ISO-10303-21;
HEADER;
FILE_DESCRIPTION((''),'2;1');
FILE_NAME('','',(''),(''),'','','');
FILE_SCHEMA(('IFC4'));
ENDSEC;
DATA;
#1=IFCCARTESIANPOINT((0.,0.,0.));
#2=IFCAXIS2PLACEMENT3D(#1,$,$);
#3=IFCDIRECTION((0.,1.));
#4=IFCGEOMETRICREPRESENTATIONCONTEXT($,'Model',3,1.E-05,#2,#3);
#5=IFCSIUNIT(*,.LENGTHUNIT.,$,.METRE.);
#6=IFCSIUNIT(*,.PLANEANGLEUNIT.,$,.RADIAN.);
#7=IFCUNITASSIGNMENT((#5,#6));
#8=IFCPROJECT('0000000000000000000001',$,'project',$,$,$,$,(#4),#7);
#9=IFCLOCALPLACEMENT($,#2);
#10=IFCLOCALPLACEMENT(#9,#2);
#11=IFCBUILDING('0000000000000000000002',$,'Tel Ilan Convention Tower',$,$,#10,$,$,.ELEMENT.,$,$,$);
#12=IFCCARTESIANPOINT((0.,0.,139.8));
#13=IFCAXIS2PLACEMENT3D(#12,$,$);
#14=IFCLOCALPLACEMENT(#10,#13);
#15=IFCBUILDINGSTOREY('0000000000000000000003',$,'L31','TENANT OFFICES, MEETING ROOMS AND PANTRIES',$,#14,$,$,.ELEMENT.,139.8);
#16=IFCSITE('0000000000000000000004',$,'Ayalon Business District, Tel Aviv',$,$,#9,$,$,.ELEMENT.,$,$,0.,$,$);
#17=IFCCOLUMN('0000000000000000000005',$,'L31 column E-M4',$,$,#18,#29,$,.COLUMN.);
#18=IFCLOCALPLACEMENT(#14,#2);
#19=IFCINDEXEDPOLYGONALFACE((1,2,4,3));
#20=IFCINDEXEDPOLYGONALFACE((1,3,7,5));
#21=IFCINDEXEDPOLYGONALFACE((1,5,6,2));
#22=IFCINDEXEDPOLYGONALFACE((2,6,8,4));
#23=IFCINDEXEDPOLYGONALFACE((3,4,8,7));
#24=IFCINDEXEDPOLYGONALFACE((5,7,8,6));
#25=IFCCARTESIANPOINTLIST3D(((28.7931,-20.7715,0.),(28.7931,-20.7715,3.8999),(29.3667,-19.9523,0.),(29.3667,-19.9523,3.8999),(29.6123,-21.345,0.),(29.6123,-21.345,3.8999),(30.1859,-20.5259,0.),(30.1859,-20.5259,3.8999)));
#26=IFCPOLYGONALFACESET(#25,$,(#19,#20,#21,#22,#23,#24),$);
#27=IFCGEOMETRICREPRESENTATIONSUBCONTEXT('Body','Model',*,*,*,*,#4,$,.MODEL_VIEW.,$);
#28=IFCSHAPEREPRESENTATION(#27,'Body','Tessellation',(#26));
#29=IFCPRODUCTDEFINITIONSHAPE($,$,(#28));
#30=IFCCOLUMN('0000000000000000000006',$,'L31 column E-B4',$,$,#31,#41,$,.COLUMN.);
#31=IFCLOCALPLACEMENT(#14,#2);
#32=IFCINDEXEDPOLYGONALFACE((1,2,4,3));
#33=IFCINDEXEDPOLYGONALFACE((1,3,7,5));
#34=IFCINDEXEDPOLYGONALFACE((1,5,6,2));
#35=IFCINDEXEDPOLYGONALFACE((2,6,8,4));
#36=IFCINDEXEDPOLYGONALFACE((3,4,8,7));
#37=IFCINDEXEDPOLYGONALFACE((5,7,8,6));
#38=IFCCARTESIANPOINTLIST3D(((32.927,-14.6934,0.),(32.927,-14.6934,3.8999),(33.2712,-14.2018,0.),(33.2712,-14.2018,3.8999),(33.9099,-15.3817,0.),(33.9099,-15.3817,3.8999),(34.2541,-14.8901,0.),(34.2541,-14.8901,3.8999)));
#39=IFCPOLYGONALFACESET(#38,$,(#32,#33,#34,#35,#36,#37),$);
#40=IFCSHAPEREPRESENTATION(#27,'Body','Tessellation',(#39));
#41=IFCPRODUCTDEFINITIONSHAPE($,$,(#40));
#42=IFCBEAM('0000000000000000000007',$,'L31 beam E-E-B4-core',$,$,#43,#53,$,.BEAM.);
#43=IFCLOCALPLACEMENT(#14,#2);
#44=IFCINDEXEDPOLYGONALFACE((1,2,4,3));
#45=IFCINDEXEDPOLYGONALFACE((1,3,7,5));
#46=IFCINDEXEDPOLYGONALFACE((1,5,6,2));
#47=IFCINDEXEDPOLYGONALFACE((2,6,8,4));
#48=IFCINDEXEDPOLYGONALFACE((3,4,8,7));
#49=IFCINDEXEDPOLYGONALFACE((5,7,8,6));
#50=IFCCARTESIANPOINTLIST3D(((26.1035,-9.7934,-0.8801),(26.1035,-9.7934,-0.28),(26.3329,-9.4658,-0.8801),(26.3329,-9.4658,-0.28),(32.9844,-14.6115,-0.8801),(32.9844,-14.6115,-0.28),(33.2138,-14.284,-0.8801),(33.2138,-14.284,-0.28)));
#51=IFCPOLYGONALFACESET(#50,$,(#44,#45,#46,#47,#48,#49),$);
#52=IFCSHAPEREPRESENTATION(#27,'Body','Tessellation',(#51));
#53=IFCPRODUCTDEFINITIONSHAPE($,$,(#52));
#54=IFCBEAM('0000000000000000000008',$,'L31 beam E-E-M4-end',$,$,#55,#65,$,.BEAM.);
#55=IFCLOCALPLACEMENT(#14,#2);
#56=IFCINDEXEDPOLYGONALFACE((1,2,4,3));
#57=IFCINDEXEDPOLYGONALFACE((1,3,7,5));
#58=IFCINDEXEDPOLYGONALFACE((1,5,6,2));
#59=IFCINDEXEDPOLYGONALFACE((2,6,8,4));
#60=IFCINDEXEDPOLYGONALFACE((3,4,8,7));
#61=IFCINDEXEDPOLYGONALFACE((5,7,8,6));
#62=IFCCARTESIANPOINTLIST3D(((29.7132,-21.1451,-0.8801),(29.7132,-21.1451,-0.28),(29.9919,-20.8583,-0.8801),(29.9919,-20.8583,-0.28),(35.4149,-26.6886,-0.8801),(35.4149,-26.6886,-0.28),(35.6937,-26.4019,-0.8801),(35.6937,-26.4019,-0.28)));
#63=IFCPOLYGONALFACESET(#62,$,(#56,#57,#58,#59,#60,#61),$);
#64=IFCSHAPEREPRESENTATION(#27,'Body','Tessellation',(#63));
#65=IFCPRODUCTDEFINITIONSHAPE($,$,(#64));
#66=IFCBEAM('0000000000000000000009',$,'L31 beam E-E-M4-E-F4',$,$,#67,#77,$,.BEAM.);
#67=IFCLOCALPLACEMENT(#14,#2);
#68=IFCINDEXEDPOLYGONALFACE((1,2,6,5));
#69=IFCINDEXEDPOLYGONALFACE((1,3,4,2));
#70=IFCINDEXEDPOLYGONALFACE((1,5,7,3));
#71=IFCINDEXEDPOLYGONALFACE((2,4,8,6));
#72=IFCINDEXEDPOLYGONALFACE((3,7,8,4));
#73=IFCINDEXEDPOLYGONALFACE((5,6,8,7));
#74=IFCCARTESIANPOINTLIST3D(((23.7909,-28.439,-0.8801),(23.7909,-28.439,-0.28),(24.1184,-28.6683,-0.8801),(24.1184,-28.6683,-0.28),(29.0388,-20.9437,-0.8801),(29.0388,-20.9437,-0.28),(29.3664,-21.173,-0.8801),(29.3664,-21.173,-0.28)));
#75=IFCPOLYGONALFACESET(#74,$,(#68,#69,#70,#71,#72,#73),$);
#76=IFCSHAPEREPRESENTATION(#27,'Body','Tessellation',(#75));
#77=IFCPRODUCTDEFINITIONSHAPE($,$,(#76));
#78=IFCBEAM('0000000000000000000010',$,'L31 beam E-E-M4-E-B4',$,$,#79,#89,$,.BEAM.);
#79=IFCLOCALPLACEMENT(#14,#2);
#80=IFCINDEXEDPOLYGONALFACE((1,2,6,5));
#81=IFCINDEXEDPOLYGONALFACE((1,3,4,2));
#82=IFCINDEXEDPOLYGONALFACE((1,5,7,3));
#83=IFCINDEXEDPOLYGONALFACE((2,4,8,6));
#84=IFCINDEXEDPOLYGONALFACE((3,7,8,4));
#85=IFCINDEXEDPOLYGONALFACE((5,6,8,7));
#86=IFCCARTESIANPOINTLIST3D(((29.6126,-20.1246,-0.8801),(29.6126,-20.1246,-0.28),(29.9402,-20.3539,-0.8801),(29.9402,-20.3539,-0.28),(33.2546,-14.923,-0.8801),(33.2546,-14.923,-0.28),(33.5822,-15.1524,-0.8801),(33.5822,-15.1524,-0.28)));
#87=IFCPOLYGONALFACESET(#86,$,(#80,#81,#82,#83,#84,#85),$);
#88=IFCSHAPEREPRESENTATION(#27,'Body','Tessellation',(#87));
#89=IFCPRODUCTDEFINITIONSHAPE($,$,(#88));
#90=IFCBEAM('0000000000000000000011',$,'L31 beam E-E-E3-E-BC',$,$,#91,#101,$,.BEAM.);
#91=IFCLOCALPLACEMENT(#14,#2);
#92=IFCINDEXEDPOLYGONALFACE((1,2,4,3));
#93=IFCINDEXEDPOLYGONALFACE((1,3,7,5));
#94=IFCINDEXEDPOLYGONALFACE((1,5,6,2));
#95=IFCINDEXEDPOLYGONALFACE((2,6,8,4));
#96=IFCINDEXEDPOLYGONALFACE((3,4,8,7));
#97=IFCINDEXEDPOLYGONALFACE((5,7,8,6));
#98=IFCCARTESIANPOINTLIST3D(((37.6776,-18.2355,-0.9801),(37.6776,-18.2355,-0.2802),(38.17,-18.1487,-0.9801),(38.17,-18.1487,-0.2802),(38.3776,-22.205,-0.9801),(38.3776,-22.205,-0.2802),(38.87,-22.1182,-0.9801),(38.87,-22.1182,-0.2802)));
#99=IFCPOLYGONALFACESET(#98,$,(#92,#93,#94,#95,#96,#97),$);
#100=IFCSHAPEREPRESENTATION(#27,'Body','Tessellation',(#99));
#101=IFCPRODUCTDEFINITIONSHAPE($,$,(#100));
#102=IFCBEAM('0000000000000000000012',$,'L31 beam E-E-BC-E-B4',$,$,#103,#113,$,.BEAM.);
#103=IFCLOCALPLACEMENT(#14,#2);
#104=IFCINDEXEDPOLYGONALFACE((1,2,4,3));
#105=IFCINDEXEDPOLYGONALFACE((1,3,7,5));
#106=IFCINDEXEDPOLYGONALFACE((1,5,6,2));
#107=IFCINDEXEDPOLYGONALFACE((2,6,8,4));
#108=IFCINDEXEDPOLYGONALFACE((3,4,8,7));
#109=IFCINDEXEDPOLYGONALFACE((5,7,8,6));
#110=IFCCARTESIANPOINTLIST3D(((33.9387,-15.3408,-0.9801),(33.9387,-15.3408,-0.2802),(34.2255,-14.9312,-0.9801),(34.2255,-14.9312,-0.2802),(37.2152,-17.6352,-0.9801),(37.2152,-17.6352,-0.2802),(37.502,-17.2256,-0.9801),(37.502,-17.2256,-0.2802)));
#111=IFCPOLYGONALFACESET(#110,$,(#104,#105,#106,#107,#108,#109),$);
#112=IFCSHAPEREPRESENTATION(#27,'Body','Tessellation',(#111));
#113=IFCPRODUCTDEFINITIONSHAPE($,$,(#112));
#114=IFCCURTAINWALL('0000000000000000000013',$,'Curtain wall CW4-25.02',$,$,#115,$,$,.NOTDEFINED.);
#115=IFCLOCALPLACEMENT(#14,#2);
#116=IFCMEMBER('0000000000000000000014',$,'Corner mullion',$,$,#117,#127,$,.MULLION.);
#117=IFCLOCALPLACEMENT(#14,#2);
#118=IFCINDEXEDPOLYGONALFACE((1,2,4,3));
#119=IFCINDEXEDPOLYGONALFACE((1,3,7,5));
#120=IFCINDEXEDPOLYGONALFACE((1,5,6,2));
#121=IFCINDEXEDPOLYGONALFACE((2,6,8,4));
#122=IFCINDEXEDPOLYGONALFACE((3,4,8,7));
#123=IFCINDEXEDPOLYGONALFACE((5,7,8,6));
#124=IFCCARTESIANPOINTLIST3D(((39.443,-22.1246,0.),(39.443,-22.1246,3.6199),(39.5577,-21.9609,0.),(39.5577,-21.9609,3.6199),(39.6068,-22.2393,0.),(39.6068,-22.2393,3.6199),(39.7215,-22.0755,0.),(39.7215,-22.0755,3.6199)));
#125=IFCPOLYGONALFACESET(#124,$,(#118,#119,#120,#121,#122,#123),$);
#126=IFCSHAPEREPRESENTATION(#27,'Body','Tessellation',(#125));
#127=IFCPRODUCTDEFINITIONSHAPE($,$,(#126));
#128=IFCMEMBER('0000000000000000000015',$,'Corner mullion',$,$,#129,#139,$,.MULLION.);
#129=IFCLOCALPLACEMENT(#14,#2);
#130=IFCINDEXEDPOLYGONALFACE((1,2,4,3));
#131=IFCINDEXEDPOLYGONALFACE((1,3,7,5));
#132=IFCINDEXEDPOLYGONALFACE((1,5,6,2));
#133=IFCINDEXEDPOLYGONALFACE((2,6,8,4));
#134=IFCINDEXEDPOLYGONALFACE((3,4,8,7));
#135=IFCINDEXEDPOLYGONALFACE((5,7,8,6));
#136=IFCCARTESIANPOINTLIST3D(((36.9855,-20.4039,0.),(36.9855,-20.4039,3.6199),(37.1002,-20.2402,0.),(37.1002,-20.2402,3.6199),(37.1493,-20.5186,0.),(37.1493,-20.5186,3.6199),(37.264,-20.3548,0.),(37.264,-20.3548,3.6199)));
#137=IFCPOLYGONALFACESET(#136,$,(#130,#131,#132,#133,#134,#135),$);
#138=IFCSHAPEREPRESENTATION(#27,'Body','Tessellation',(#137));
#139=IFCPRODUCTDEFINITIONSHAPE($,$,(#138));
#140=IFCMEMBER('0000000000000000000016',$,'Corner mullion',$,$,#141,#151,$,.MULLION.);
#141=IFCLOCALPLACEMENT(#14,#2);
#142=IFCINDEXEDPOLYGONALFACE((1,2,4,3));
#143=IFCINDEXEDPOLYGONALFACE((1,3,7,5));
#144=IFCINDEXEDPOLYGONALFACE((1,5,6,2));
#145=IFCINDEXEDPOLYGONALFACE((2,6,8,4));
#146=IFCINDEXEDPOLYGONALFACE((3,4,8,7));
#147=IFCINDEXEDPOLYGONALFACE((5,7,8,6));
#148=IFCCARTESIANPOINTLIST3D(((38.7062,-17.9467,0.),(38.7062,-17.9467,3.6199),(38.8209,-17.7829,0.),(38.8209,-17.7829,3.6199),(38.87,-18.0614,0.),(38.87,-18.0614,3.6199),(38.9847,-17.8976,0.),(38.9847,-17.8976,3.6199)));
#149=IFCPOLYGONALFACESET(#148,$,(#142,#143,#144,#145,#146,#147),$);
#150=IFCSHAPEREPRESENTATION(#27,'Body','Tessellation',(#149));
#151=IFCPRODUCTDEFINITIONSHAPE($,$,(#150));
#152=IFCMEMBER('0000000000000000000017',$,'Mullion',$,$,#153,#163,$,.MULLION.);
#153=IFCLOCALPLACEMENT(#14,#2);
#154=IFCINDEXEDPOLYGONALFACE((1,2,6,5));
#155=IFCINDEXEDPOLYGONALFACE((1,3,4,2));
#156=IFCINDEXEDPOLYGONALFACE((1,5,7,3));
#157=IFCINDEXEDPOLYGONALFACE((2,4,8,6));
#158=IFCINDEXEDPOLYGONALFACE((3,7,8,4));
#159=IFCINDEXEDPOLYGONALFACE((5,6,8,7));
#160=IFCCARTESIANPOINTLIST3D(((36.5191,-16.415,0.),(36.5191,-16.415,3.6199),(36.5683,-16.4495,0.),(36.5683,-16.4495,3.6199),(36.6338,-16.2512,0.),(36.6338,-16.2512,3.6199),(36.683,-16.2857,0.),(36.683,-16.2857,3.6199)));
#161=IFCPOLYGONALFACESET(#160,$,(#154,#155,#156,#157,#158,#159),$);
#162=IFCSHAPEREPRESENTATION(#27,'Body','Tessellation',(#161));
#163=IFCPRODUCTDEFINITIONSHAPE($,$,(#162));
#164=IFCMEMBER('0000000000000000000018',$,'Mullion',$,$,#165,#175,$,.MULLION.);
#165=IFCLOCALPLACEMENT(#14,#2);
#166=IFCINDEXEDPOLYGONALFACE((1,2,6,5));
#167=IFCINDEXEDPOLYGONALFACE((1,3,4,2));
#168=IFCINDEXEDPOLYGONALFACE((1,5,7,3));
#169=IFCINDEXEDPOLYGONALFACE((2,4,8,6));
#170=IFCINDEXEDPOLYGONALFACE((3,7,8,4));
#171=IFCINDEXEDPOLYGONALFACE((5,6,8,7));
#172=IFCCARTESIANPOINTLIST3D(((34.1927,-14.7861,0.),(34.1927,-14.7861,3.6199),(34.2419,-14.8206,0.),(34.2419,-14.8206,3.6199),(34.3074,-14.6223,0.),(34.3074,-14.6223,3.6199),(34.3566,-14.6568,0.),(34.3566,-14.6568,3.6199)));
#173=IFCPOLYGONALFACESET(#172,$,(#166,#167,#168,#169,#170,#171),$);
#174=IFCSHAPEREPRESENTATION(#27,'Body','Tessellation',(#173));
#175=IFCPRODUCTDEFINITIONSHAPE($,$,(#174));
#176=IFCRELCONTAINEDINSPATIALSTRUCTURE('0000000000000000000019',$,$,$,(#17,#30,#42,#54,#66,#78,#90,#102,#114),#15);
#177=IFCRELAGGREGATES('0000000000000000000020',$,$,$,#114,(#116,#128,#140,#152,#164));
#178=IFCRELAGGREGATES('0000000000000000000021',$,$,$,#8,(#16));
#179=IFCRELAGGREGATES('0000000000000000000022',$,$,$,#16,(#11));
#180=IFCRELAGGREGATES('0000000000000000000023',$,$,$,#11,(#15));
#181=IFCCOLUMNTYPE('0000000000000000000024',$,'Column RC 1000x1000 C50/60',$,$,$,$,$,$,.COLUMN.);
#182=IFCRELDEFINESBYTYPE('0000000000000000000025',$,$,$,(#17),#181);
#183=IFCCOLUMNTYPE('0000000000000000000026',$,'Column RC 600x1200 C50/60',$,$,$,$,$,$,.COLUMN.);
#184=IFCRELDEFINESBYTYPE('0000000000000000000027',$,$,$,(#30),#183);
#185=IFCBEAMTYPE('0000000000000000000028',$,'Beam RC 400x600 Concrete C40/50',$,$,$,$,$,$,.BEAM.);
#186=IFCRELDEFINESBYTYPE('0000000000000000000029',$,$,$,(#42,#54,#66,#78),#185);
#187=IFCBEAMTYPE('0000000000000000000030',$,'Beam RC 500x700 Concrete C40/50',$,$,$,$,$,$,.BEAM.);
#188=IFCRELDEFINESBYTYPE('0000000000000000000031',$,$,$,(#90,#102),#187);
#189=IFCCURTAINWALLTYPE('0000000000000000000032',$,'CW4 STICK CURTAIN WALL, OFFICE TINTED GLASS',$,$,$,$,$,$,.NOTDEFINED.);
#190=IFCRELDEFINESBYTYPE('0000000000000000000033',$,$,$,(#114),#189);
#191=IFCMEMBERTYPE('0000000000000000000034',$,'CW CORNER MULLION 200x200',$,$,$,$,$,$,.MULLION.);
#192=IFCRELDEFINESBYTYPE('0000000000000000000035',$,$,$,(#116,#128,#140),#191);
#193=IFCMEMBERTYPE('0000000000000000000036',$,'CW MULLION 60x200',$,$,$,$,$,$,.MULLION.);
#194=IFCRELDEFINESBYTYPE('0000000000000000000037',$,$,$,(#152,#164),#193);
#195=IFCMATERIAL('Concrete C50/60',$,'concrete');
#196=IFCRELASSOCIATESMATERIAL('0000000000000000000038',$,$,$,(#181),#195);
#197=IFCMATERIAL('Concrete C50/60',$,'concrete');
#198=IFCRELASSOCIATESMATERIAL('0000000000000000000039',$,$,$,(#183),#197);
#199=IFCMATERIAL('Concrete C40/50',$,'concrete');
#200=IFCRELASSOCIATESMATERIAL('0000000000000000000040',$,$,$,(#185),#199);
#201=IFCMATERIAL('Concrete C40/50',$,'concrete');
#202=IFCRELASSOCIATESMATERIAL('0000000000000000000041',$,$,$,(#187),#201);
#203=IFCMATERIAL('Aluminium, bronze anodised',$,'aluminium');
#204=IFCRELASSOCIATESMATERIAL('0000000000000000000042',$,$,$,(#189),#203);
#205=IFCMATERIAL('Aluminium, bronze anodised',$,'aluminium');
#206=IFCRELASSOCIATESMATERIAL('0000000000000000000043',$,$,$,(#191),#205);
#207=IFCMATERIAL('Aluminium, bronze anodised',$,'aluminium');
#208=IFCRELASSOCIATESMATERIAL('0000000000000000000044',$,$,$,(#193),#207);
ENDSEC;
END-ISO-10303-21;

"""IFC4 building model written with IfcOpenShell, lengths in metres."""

from ifc_helpers import new_model, si_unit, direction, frame, origin, origin_2d, place, context, subcontext, project, spatial, rectangle, extrude, material, material_profile, profile_set, type_object, element, aggregate, save


model = new_model("IFC4")

# Units and contexts
model_context = context("Model", 3, precision=1e-05, world=origin(), true_north=direction((0.0, 1.0)))
body_context = subcontext(model_context, "Body", "Model", "MODEL_VIEW")
ifc_project = project(units=[si_unit("LENGTHUNIT", "METRE"), si_unit("PLANEANGLEUNIT", "RADIAN")], contexts=[model_context])

# Site, building, storey
site_placement = place(None, origin())
site = spatial("IfcSite", under=ifc_project, at=site_placement, Name="Ayalon Business District, Tel Aviv", CompositionType="ELEMENT", RefElevation=0.0)
building_placement = place(site_placement, origin())
building = spatial("IfcBuilding", under=site, at=building_placement, Name="Tel Ilan Convention Tower", CompositionType="ELEMENT")
storey_placement = place(building_placement, frame((0.0, 0.0, 139.8)))
storey = spatial("IfcBuildingStorey", under=building, at=storey_placement, Name="L31", Description="TENANT OFFICES, MEETING ROOMS AND PANTRIES", CompositionType="ELEMENT", Elevation=139.8)

# Columns
ifc_material_1 = material(Name="Concrete C50/60", Category="concrete")
ifc_material_profile_1 = material_profile(ifc_material_1, rectangle(XDim=1.0, YDim=1.0, at=origin_2d()), Name="RC 1000x1000")
ifc_profile_set_1 = profile_set([ifc_material_profile_1], Name="Concrete C50/60")
column_type_1 = type_object("IfcColumnType", Name="Column RC 1000x1000 C50/60", PredefinedType="COLUMN", material=ifc_profile_set_1)
column_1_placement = place(storey_placement, frame((29.4895, -20.6487, 0.0), z_axis=(0.0, 0.0, 1.0), x_axis=(0.819152, -0.573576, 0.0)))
element("IfcColumn", 1, at=column_1_placement, inside=storey, type_object=column_type_1, Name="L31 column E-M4", PredefinedType="COLUMN", context=body_context, shape_type="SweptSolid", body=[
    extrude(rectangle(XDim=1.0, YDim=1.0, at=origin_2d()), origin(), (0.0, 0.0, 1.0), 3.8999),
])
ifc_material_2 = material(Name="Concrete C50/60", Category="concrete")
ifc_material_profile_2 = material_profile(ifc_material_2, rectangle(XDim=1.2, YDim=0.6001, at=origin_2d()), Name="RC 600x1200")
ifc_profile_set_2 = profile_set([ifc_material_profile_2], Name="Concrete C50/60")
column_type_2 = type_object("IfcColumnType", Name="Column RC 600x1200 C50/60", PredefinedType="COLUMN", material=ifc_profile_set_2)
column_2_placement = place(storey_placement, frame((33.5906, -14.7917, 0.0), z_axis=(0.0, 0.0, 1.0), x_axis=(0.819152, -0.573576, 0.0)))
element("IfcColumn", 2, at=column_2_placement, inside=storey, type_object=column_type_2, Name="L31 column E-B4", PredefinedType="COLUMN", context=body_context, shape_type="SweptSolid", body=[
    extrude(rectangle(XDim=1.2, YDim=0.6001, at=origin_2d()), origin(), (0.0, 0.0, 1.0), 3.8999),
])

# Beams
ifc_material_3 = material(Name="Concrete C40/50", Category="concrete")
ifc_material_profile_3 = material_profile(ifc_material_3, rectangle(XDim=0.3999, YDim=0.6001, at=origin_2d()), Name="RC 400x600")
ifc_profile_set_3 = profile_set([ifc_material_profile_3], Name="Concrete C40/50")
beam_type_1 = type_object("IfcBeamType", Name="Beam RC 400x600 Concrete C40/50", PredefinedType="BEAM", material=ifc_profile_set_3)
beam_1_placement = place(storey_placement, frame((33.0991, -14.4478, -0.5801), z_axis=(-0.819147, 0.573583, 0.0), x_axis=(-0.573583, -0.819147, 0.0)))
element("IfcBeam", 3, at=beam_1_placement, inside=storey, type_object=beam_type_1, Name="L31 beam E-E-B4-core", PredefinedType="BEAM", context=body_context, shape_type="SweptSolid", body=[
    extrude(rectangle(XDim=0.3999, YDim=0.6001, at=origin_2d()), origin(), (0.0, 0.0, 1.0), 8.4001),
])
beam_2_placement = place(storey_placement, frame((29.8525, -21.0017, -0.5801), z_axis=(0.716984, -0.69709, 0.0), x_axis=(0.69709, 0.716984, 0.0)))
element("IfcBeam", 4, at=beam_2_placement, inside=storey, type_object=beam_type_1, Name="L31 beam E-E-M4-end", PredefinedType="BEAM", context=body_context, shape_type="SweptSolid", body=[
    extrude(rectangle(XDim=0.3999, YDim=0.6001, at=origin_2d()), origin(), (0.0, 0.0, 1.0), 7.9524),
])
beam_3_placement = place(storey_placement, frame((29.2026, -21.0583, -0.5801), z_axis=(-0.573557, -0.819165, 0.0), x_axis=(0.819165, -0.573557, 0.0)))
element("IfcBeam", 5, at=beam_3_placement, inside=storey, type_object=beam_type_1, Name="L31 beam E-E-M4-E-F4", PredefinedType="BEAM", context=body_context, shape_type="SweptSolid", body=[
    extrude(rectangle(XDim=0.3999, YDim=0.6001, at=origin_2d()), origin(), (0.0, 0.0, 1.0), 9.1499),
])
beam_4_placement = place(storey_placement, frame((29.7764, -20.2393, -0.5801), z_axis=(0.57356, 0.819163, 0.0), x_axis=(-0.819163, 0.57356, 0.0)))
element("IfcBeam", 6, at=beam_4_placement, inside=storey, type_object=beam_type_1, Name="L31 beam E-E-M4-E-B4", PredefinedType="BEAM", context=body_context, shape_type="SweptSolid", body=[
    extrude(rectangle(XDim=0.3999, YDim=0.6001, at=origin_2d()), origin(), (0.0, 0.0, 1.0), 6.3499),
])
ifc_material_4 = material(Name="Concrete C40/50", Category="concrete")
ifc_material_profile_4 = material_profile(ifc_material_4, rectangle(XDim=0.5, YDim=0.7, at=origin_2d()), Name="RC 500x700")
ifc_profile_set_4 = profile_set([ifc_material_profile_4], Name="Concrete C40/50")
beam_type_2 = type_object("IfcBeamType", Name="Beam RC 500x700 Concrete C40/50", PredefinedType="BEAM", material=ifc_profile_set_4)
beam_5_placement = place(storey_placement, frame((38.6238, -22.1616, -0.6301), z_axis=(-0.173654, 0.984807, 0.0), x_axis=(-0.984807, -0.173654, 0.0)))
element("IfcBeam", 7, at=beam_5_placement, inside=storey, type_object=beam_type_2, Name="L31 beam E-E-E3-E-BC", PredefinedType="BEAM", context=body_context, shape_type="SweptSolid", body=[
    extrude(rectangle(XDim=0.5, YDim=0.7, at=origin_2d()), origin(), (0.0, 0.0, 1.0), 4.0308),
])
beam_6_placement = place(storey_placement, frame((37.3586, -17.4304, -0.6301), z_axis=(-0.819137, 0.573598, 0.0), x_axis=(-0.573598, -0.819137, 0.0)))
element("IfcBeam", 8, at=beam_6_placement, inside=storey, type_object=beam_type_2, Name="L31 beam E-E-BC-E-B4", PredefinedType="BEAM", context=body_context, shape_type="SweptSolid", body=[
    extrude(rectangle(XDim=0.5, YDim=0.7, at=origin_2d()), origin(), (0.0, 0.0, 1.0), 4.0),
])

# Curtain wall, members
ifc_material_5 = material(Name="Aluminium, bronze anodised", Category="aluminium")
curtain_wall_type = type_object("IfcCurtainWallType", Name="CW4 STICK CURTAIN WALL, OFFICE TINTED GLASS", PredefinedType="NOTDEFINED", material=ifc_material_5)
curtain_wall_placement = place(storey_placement, origin())
curtain_wall = element("IfcCurtainWall", 9, at=curtain_wall_placement, inside=storey, type_object=curtain_wall_type, Name="Curtain wall CW4-25.02", PredefinedType="NOTDEFINED")
ifc_material_6 = material(Name="Aluminium, bronze anodised", Category="aluminium")
ifc_material_profile_5 = material_profile(ifc_material_6, rectangle(XDim=0.2, YDim=0.2, at=origin_2d()), Name="CW CORNER MULLION 200x200")
ifc_profile_set_5 = profile_set([ifc_material_profile_5], Name="Aluminium, bronze anodised")
member_type_1 = type_object("IfcMemberType", Name="CW CORNER MULLION 200x200", PredefinedType="MULLION", material=ifc_profile_set_5)
member_1_placement = place(storey_placement, frame((39.5823, -22.1001, 0.0), z_axis=(0.0, 0.0, 1.0), x_axis=(0.573576, 0.819152, 0.0)))
member_1 = element("IfcMember", 10, at=member_1_placement, type_object=member_type_1, Name="Corner mullion", PredefinedType="MULLION", context=body_context, shape_type="SweptSolid", body=[
    extrude(rectangle(XDim=0.2, YDim=0.2, at=origin_2d()), origin(), (0.0, 0.0, 1.0), 3.6199),
])
member_2_placement = place(storey_placement, frame((37.1248, -20.3794, 0.0), z_axis=(0.0, 0.0, 1.0), x_axis=(-0.819152, 0.573576, 0.0)))
member_2 = element("IfcMember", 11, at=member_2_placement, type_object=member_type_1, Name="Corner mullion", PredefinedType="MULLION", context=body_context, shape_type="SweptSolid", body=[
    extrude(rectangle(XDim=0.2, YDim=0.2, at=origin_2d()), origin(), (0.0, 0.0, 1.0), 3.6199),
])
member_3_placement = place(storey_placement, frame((38.8455, -17.9221, 0.0), z_axis=(0.0, 0.0, 1.0), x_axis=(0.573576, 0.819152, 0.0)))
member_3 = element("IfcMember", 12, at=member_3_placement, type_object=member_type_1, Name="Corner mullion", PredefinedType="MULLION", context=body_context, shape_type="SweptSolid", body=[
    extrude(rectangle(XDim=0.2, YDim=0.2, at=origin_2d()), origin(), (0.0, 0.0, 1.0), 3.6199),
])
ifc_material_7 = material(Name="Aluminium, bronze anodised", Category="aluminium")
ifc_material_profile_6 = material_profile(ifc_material_7, rectangle(XDim=0.0601, YDim=0.2, at=origin_2d()), Name="CW MULLION 60x200")
ifc_profile_set_6 = profile_set([ifc_material_profile_6], Name="Aluminium, bronze anodised")
member_type_2 = type_object("IfcMemberType", Name="CW MULLION 60x200", PredefinedType="MULLION", material=ifc_profile_set_6)
member_4_placement = place(storey_placement, frame((36.6011, -16.3503, 0.0), z_axis=(0.0, 0.0, 1.0), x_axis=(-0.819152, 0.573576, 0.0)))
member_4 = element("IfcMember", 13, at=member_4_placement, type_object=member_type_2, Name="Mullion", PredefinedType="MULLION", context=body_context, shape_type="SweptSolid", body=[
    extrude(rectangle(XDim=0.0601, YDim=0.2, at=origin_2d()), origin(), (0.0, 0.0, 1.0), 3.6199),
])
member_5_placement = place(storey_placement, frame((34.2747, -14.7214, 0.0), z_axis=(0.0, 0.0, 1.0), x_axis=(-0.819152, 0.573576, 0.0)))
member_5 = element("IfcMember", 14, at=member_5_placement, type_object=member_type_2, Name="Mullion", PredefinedType="MULLION", context=body_context, shape_type="SweptSolid", body=[
    extrude(rectangle(XDim=0.0601, YDim=0.2, at=origin_2d()), origin(), (0.0, 0.0, 1.0), 3.6199),
])
aggregate(curtain_wall, [member_1, member_2, member_3, member_4, member_5])

save(model, "model.ifc")
